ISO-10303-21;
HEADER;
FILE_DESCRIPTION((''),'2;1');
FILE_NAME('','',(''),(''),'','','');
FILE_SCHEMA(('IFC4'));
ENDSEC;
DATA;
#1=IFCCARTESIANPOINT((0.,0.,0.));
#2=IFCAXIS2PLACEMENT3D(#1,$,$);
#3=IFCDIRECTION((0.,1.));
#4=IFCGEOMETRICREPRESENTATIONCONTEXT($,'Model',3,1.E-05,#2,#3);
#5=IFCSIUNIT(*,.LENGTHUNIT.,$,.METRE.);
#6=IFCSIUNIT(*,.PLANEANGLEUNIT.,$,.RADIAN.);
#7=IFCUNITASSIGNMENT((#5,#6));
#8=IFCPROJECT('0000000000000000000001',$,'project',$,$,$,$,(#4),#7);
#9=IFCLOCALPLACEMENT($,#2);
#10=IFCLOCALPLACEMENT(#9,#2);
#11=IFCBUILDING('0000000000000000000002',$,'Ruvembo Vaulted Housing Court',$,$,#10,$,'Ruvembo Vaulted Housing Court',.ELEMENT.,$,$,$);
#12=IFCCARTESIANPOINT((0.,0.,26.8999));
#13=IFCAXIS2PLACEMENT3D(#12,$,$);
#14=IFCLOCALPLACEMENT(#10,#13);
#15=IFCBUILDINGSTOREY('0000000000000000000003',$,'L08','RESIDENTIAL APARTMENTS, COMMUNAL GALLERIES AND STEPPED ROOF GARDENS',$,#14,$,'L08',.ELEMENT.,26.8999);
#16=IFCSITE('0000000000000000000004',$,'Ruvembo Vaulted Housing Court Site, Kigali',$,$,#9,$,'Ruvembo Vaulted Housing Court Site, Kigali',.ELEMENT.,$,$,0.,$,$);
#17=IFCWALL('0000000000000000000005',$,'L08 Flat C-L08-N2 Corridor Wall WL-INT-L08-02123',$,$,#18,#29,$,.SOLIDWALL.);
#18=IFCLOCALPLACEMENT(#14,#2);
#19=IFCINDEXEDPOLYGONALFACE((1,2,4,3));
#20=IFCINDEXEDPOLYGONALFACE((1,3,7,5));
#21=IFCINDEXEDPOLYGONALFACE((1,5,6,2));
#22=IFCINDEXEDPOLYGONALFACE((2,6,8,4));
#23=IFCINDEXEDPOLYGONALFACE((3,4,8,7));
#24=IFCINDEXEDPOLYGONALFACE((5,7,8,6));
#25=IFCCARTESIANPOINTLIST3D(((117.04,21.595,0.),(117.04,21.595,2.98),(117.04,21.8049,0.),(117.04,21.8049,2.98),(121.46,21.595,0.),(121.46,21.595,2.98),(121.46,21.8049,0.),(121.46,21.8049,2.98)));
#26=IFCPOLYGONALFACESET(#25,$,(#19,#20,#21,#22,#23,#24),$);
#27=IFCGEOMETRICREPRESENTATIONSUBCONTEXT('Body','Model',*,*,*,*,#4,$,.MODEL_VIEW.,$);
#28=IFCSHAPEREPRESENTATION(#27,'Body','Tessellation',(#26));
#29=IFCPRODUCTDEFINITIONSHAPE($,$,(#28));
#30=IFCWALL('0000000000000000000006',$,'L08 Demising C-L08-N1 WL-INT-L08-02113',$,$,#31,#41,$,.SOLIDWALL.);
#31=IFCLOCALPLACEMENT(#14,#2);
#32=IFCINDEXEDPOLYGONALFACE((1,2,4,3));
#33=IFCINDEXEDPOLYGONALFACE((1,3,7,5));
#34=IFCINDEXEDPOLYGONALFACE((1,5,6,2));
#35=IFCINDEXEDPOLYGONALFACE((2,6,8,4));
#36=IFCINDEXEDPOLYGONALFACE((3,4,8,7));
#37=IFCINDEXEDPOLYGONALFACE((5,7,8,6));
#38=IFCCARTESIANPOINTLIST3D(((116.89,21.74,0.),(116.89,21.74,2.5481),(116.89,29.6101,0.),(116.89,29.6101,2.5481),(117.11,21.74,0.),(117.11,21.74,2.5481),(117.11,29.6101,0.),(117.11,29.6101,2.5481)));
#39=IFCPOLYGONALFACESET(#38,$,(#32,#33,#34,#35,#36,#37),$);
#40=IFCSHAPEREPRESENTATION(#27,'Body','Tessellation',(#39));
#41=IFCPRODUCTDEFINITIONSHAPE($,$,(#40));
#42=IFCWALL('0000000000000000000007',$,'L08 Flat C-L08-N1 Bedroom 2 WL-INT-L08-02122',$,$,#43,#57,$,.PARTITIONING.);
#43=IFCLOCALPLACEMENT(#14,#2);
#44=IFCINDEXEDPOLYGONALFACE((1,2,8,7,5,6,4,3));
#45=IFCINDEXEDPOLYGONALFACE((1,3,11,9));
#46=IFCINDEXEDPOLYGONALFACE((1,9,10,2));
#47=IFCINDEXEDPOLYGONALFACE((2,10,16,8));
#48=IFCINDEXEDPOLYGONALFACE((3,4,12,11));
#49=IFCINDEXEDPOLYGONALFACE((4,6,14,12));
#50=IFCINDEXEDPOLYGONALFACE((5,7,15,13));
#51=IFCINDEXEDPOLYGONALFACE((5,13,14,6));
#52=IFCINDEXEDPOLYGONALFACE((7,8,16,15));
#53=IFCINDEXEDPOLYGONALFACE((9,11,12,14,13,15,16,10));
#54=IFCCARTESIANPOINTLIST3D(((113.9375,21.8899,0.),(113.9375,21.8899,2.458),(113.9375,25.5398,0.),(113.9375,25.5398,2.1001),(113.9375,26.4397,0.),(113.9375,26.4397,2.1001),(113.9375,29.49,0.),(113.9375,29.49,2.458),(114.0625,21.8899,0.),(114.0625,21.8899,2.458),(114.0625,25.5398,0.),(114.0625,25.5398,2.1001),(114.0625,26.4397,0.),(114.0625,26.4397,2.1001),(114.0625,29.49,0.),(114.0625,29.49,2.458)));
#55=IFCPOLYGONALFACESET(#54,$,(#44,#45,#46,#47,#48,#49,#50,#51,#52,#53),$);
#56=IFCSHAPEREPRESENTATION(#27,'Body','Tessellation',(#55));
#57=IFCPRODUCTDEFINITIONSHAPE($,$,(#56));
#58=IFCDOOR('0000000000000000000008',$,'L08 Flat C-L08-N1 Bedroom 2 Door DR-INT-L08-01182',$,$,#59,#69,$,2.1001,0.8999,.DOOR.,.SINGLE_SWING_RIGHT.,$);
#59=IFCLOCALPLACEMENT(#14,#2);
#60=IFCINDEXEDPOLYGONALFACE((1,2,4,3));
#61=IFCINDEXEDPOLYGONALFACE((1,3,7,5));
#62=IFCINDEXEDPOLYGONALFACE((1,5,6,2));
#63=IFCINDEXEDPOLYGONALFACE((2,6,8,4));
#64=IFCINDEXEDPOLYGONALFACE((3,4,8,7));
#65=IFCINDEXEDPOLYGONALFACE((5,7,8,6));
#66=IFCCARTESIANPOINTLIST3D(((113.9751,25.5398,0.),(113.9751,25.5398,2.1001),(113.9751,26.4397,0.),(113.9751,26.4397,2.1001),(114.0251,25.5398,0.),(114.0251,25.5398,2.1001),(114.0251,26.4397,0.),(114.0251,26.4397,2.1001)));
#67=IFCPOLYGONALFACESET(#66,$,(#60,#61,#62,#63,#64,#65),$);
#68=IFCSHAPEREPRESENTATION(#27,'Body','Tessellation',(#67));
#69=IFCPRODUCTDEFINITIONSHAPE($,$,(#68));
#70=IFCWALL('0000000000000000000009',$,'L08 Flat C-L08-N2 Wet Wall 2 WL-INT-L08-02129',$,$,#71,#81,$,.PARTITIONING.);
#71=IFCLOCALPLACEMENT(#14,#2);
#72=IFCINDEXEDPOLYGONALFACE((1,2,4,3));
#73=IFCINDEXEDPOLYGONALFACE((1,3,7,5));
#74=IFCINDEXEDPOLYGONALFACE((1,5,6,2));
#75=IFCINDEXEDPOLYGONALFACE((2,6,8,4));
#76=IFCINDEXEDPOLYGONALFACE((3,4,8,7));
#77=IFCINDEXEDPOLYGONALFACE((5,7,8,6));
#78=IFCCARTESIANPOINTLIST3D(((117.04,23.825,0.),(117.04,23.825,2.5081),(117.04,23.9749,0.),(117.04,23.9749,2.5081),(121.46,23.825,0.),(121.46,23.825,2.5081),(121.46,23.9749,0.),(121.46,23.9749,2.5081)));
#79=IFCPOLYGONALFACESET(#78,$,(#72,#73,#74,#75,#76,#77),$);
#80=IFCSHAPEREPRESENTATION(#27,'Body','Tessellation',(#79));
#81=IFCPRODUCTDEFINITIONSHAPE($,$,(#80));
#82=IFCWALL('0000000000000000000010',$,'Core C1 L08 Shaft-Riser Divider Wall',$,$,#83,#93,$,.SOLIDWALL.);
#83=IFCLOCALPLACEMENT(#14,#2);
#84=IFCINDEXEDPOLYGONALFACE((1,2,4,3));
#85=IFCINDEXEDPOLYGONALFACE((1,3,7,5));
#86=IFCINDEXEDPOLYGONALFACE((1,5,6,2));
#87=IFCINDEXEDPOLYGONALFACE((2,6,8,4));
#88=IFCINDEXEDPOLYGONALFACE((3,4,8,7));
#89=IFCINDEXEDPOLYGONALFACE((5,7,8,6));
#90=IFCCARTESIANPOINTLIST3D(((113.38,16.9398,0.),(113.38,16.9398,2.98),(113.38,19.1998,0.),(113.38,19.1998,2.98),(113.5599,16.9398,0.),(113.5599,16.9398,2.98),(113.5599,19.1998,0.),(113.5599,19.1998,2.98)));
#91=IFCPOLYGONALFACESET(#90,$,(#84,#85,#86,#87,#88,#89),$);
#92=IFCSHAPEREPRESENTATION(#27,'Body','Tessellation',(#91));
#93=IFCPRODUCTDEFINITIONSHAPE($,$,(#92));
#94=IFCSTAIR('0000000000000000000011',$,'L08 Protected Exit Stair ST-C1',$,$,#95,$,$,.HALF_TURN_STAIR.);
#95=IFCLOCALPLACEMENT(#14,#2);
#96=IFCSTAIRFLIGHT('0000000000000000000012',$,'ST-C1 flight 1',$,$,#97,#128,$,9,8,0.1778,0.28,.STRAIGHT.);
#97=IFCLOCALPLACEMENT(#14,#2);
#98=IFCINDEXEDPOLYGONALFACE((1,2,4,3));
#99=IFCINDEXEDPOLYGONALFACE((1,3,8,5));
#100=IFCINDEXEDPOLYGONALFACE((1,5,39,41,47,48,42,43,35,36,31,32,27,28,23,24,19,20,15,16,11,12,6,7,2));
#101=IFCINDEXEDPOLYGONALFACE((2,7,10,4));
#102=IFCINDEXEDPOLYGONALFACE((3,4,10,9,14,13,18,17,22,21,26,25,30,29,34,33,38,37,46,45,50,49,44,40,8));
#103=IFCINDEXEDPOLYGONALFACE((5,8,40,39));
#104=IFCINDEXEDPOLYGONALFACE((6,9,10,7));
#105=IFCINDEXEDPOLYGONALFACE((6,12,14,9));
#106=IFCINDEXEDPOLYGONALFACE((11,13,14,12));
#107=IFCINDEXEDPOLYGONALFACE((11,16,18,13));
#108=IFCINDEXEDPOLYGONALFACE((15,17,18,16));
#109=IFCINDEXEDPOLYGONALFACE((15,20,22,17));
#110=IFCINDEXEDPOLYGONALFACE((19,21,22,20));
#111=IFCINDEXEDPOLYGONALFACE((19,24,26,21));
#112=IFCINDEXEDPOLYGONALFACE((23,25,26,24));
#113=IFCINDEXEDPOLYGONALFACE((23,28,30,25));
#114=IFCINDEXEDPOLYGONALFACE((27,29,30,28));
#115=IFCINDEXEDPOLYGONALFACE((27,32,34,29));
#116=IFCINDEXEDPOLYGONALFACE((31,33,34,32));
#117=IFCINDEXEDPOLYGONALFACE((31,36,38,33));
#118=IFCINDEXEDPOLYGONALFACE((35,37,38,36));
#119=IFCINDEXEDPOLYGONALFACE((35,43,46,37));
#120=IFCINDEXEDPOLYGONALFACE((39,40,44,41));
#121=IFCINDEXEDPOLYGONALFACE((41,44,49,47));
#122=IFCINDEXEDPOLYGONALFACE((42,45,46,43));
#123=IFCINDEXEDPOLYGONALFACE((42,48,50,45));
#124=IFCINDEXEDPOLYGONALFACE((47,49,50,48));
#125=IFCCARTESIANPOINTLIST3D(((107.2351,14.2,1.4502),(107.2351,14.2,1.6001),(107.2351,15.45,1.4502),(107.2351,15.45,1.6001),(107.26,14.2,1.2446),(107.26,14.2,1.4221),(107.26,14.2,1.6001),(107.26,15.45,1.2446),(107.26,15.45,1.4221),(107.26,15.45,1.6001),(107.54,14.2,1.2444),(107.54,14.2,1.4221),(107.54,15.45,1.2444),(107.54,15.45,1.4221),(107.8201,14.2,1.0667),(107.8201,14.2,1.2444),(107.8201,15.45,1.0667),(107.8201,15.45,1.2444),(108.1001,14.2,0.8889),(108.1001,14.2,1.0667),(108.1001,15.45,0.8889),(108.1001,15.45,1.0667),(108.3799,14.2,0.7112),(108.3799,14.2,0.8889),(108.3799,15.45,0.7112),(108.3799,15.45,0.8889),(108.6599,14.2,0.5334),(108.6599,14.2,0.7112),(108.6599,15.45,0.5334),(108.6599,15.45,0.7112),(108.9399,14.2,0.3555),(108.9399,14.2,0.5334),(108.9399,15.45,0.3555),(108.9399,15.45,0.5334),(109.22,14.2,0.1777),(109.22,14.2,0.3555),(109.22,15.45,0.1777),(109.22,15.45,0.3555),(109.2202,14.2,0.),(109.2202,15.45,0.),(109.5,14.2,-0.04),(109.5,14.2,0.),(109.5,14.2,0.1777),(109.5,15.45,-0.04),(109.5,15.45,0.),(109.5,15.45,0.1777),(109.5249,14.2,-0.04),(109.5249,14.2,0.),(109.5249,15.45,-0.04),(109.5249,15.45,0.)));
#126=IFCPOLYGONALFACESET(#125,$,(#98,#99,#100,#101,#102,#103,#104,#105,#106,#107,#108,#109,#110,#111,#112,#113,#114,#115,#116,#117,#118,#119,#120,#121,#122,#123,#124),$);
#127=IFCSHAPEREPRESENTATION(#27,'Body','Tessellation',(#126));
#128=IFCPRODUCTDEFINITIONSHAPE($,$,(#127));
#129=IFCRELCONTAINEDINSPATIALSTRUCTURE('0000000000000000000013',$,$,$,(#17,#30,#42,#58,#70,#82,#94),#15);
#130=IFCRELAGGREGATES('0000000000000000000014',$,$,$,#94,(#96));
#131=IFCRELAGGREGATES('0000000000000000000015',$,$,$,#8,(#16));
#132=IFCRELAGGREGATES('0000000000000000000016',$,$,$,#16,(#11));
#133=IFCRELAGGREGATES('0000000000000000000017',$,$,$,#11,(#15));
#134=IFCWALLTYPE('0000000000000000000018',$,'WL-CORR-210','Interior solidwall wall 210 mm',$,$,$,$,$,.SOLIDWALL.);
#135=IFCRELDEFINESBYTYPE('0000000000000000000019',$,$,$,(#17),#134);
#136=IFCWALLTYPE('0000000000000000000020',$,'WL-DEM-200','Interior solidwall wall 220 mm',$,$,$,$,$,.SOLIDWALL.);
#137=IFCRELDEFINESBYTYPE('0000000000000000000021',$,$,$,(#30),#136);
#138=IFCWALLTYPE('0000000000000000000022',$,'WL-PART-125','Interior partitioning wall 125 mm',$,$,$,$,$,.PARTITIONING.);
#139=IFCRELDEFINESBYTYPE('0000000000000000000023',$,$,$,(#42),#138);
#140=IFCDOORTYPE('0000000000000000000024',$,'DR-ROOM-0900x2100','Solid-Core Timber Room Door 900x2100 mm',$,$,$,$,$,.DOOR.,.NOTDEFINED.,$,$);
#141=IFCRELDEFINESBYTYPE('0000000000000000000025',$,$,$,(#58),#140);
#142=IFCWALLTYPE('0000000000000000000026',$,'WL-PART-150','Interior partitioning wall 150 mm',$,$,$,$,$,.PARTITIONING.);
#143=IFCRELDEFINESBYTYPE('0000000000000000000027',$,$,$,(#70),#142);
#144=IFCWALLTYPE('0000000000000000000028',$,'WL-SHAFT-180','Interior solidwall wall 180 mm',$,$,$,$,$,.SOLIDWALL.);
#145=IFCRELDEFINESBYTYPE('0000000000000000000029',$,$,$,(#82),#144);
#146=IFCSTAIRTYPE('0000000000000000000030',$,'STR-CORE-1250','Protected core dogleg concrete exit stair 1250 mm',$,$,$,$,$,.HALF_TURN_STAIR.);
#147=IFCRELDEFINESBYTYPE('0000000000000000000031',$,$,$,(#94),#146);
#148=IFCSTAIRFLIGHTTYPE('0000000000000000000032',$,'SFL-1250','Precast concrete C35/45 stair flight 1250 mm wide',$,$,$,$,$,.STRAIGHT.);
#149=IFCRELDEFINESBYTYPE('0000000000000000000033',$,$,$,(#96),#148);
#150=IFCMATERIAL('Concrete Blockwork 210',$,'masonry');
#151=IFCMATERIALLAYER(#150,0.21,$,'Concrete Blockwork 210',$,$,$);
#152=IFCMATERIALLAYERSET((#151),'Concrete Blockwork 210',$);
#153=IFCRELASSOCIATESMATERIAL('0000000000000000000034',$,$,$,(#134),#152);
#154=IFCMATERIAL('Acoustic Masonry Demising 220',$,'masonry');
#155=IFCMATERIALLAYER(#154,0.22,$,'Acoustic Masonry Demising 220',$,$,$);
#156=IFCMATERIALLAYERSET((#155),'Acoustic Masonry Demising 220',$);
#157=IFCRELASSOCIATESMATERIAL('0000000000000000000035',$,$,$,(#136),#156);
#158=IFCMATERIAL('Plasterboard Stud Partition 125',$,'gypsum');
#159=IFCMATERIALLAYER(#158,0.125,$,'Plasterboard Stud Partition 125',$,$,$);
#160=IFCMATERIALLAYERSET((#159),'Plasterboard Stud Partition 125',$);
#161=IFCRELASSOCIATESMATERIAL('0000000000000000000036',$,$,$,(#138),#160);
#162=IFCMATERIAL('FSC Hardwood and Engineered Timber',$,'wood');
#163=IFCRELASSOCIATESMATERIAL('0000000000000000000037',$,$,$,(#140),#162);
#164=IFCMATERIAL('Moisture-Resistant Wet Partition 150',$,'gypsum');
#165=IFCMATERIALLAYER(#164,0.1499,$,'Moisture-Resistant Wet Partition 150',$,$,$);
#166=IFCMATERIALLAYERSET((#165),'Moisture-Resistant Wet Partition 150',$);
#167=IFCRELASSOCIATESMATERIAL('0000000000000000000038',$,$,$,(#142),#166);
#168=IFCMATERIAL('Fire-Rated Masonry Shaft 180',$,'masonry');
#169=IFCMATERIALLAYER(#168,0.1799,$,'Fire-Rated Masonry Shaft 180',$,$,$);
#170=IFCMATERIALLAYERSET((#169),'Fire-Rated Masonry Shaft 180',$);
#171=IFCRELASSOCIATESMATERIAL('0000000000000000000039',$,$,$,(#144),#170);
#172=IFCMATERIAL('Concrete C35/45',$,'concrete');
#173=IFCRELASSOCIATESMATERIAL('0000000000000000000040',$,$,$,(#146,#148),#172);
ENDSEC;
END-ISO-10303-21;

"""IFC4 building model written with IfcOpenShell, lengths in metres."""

from ifc_helpers import new_model, si_unit, direction, frame, frame_2d, origin, place, context, subcontext, project, spatial, polyline, rectangle, outline, extrude, material, layer, layer_set, type_object, element, fill, aggregate, save


model = new_model("IFC4")

# Units and contexts
model_context = context("Model", 3, precision=1e-05, world=origin(), true_north=direction((0.0, 1.0)))
body_context = subcontext(model_context, "Body", "Model", "MODEL_VIEW")
ifc_project = project(units=[si_unit("LENGTHUNIT", "METRE"), si_unit("PLANEANGLEUNIT", "RADIAN")], contexts=[model_context])

# Site, building, storey
site_placement = place(None, origin())
site = spatial("IfcSite", under=ifc_project, at=site_placement, Name="Ruvembo Vaulted Housing Court Site, Kigali", LongName="Ruvembo Vaulted Housing Court Site, Kigali", CompositionType="ELEMENT", RefElevation=0.0)
building_placement = place(site_placement, origin())
building = spatial("IfcBuilding", under=site, at=building_placement, Name="Ruvembo Vaulted Housing Court", LongName="Ruvembo Vaulted Housing Court", CompositionType="ELEMENT")
storey_placement = place(building_placement, frame((0.0, 0.0, 26.8999)))
storey = spatial("IfcBuildingStorey", under=building, at=storey_placement, Name="L08", Description="RESIDENTIAL APARTMENTS, COMMUNAL GALLERIES AND STEPPED ROOF GARDENS", LongName="L08", CompositionType="ELEMENT", Elevation=26.8999)

# Shared definitions
ifc_material_1 = material(Name="Concrete C35/45", Category="concrete")

# Walls
ifc_material_2 = material(Name="Concrete Blockwork 210", Category="masonry")
ifc_layer_1 = layer(ifc_material_2, 0.21, Name="Concrete Blockwork 210")
ifc_layer_set_1 = layer_set([ifc_layer_1], Name="Concrete Blockwork 210")
wall_type_1 = type_object("IfcWallType", Name="WL-CORR-210", Description="Interior solidwall wall 210 mm", PredefinedType="SOLIDWALL", material=ifc_layer_set_1)
wall_1_placement = place(storey_placement, frame((117.04, 21.7, 0.0), z_axis=(0.0, 0.0, 1.0), x_axis=(1.0, 0.0, 0.0)))
element("IfcWall", 1, at=wall_1_placement, inside=storey, type_object=wall_type_1, Name="L08 Flat C-L08-N2 Corridor Wall WL-INT-L08-02123", PredefinedType="SOLIDWALL", context=body_context, shape_type="SweptSolid", body=[
    extrude(rectangle(XDim=4.4199, YDim=0.21, at=frame_2d((2.21, 0.0))), origin(), (0.0, 0.0, 1.0), 2.98),
])
ifc_material_3 = material(Name="Acoustic Masonry Demising 220", Category="masonry")
ifc_layer_2 = layer(ifc_material_3, 0.22, Name="Acoustic Masonry Demising 220")
ifc_layer_set_2 = layer_set([ifc_layer_2], Name="Acoustic Masonry Demising 220")
wall_type_2 = type_object("IfcWallType", Name="WL-DEM-200", Description="Interior solidwall wall 220 mm", PredefinedType="SOLIDWALL", material=ifc_layer_set_2)
wall_2_placement = place(storey_placement, frame((117.0, 21.74, 0.0), z_axis=(0.0, 0.0, 1.0), x_axis=(0.0, 1.0, 0.0)))
element("IfcWall", 2, at=wall_2_placement, inside=storey, type_object=wall_type_2, Name="L08 Demising C-L08-N1 WL-INT-L08-02113", PredefinedType="SOLIDWALL", context=body_context, shape_type="SweptSolid", body=[
    extrude(rectangle(XDim=7.8701, YDim=0.22, at=frame_2d((3.9351, 0.0))), origin(), (0.0, 0.0, 1.0), 2.5481),
])

# Wall, opening, door
ifc_material_4 = material(Name="Plasterboard Stud Partition 125", Category="gypsum")
ifc_layer_3 = layer(ifc_material_4, 0.125, Name="Plasterboard Stud Partition 125")
ifc_layer_set_3 = layer_set([ifc_layer_3], Name="Plasterboard Stud Partition 125")
wall_type_3 = type_object("IfcWallType", Name="WL-PART-125", Description="Interior partitioning wall 125 mm", PredefinedType="PARTITIONING", material=ifc_layer_set_3)
wall_3_placement = place(storey_placement, frame((114.0, 21.8899, 0.0), z_axis=(0.0, 0.0, 1.0), x_axis=(0.0, 1.0, 0.0)))
wall_3 = element("IfcWall", 3, at=wall_3_placement, inside=storey, type_object=wall_type_3, Name="L08 Flat C-L08-N1 Bedroom 2 WL-INT-L08-02122", PredefinedType="PARTITIONING", context=body_context, shape_type="SweptSolid", body=[
    extrude(rectangle(XDim=7.6001, YDim=0.125, at=frame_2d((3.8, 0.0))), origin(), (0.0, 0.0, 1.0), 2.458),
])
opening_1_placement = place(wall_3_placement, frame((3.6499, 0.0, 0.0)))
opening_1 = element("IfcOpeningElement", 4, at=opening_1_placement, cuts=wall_3, PredefinedType="OPENING", context=body_context, shape_type="SweptSolid", body=[
    extrude(rectangle(XDim=0.8999, YDim=2.1001, at=frame_2d((0.45, 1.05))), frame((0.0, 0.0725, 0.0), z_axis=(0.0, -1.0, 0.0), x_axis=(1.0, 0.0, 0.0)), (0.0, 0.0, 1.0), 0.145),
])
ifc_material_5 = material(Name="FSC Hardwood and Engineered Timber", Category="wood")
door_type_1 = type_object("IfcDoorType", Name="DR-ROOM-0900x2100", Description="Solid-Core Timber Room Door 900x2100 mm", OperationType="NOTDEFINED", PredefinedType="DOOR", material=ifc_material_5)
door_1_placement = place(opening_1_placement, origin())
door_1 = element("IfcDoor", 5, at=door_1_placement, inside=storey, type_object=door_type_1, Name="L08 Flat C-L08-N1 Bedroom 2 Door DR-INT-L08-01182", OperationType="SINGLE_SWING_RIGHT", OverallHeight=2.1001, OverallWidth=0.8999, PredefinedType="DOOR", context=body_context, shape_type="SweptSolid", body=[
    extrude(rectangle(XDim=0.8999, YDim=2.1001, at=frame_2d((0.45, 1.05))), frame((0.0, 0.0249, 0.0), z_axis=(0.0, -1.0, 0.0), x_axis=(1.0, 0.0, 0.0)), (0.0, 0.0, 1.0), 0.05),
])
fill(opening_1, door_1)

# Wall
ifc_material_6 = material(Name="Moisture-Resistant Wet Partition 150", Category="gypsum")
ifc_layer_4 = layer(ifc_material_6, 0.1499, Name="Moisture-Resistant Wet Partition 150")
ifc_layer_set_4 = layer_set([ifc_layer_4], Name="Moisture-Resistant Wet Partition 150")
wall_type_4 = type_object("IfcWallType", Name="WL-PART-150", Description="Interior partitioning wall 150 mm", PredefinedType="PARTITIONING", material=ifc_layer_set_4)
wall_4_placement = place(storey_placement, frame((117.04, 23.8999, 0.0), z_axis=(0.0, 0.0, 1.0), x_axis=(1.0, 0.0, 0.0)))
element("IfcWall", 6, at=wall_4_placement, inside=storey, type_object=wall_type_4, Name="L08 Flat C-L08-N2 Wet Wall 2 WL-INT-L08-02129", PredefinedType="PARTITIONING", context=body_context, shape_type="SweptSolid", body=[
    extrude(rectangle(XDim=4.4199, YDim=0.1499, at=frame_2d((2.21, 0.0))), origin(), (0.0, 0.0, 1.0), 2.5081),
])

# Shared definitions
ifc_material_7 = material(Name="Fire-Rated Masonry Shaft 180", Category="masonry")
ifc_layer_5 = layer(ifc_material_7, 0.1799, Name="Fire-Rated Masonry Shaft 180")
ifc_layer_set_5 = layer_set([ifc_layer_5], Name="Fire-Rated Masonry Shaft 180")
wall_type_5 = type_object("IfcWallType", Name="WL-SHAFT-180", Description="Interior solidwall wall 180 mm", PredefinedType="SOLIDWALL", material=ifc_layer_set_5)

# Wall
wall_5_placement = place(storey_placement, frame((113.47, 16.9399, 0.0), z_axis=(0.0, 0.0, 1.0), x_axis=(0.0, 1.0, 0.0)))
element("IfcWall", 7, at=wall_5_placement, inside=storey, type_object=wall_type_5, Name="Core C1 L08 Shaft-Riser Divider Wall", PredefinedType="SOLIDWALL", context=body_context, shape_type="SweptSolid", body=[
    extrude(rectangle(XDim=2.26, YDim=0.1799, at=frame_2d((1.1299, 0.0))), origin(), (0.0, 0.0, 1.0), 2.98),
])

# Stair, stair flight
stair_type = type_object("IfcStairType", Name="STR-CORE-1250", Description="Protected core dogleg concrete exit stair 1250 mm", PredefinedType="HALF_TURN_STAIR", material=ifc_material_1)
stair_placement = place(storey_placement, origin())
stair = element("IfcStair", 8, at=stair_placement, inside=storey, type_object=stair_type, Name="L08 Protected Exit Stair ST-C1", PredefinedType="HALF_TURN_STAIR")
stair_flight_type = type_object("IfcStairFlightType", Name="SFL-1250", Description="Precast concrete C35/45 stair flight 1250 mm wide", PredefinedType="STRAIGHT", material=ifc_material_1)
stair_flight_placement = place(storey_placement, frame((109.5, 14.825, 0.0), z_axis=(0.0, 0.0, 1.0), x_axis=(-1.0, 0.0, 0.0)))
stair_flight = element("IfcStairFlight", 9, at=stair_flight_placement, type_object=stair_flight_type, Name="ST-C1 flight 1", NumberOfRisers=9, NumberOfTreads=8, PredefinedType="STRAIGHT", RiserHeight=0.1778, TreadLength=0.28, context=body_context, shape_type="SweptSolid", body=[
    extrude(outline(polyline([(-0.0249, -0.04), (-0.0249, 0.0), (0.0, 0.0), (0.0, 0.1777), (0.28, 0.1777), (0.28, 0.3555), (0.5601, 0.3555), (0.5601, 0.5334), (0.8401, 0.5334), (0.8401, 0.7112), (1.1201, 0.7112), (1.1201, 0.8889), (1.3999, 0.8889), (1.3999, 1.0667), (1.6799, 1.0667), (1.6799, 1.2444), (1.96, 1.2444), (1.96, 1.4221), (2.24, 1.4221), (2.24, 1.6001), (2.2649, 1.6001), (2.2649, 1.4502), (2.24, 1.2446), (0.2798, 0.0), (0.0, -0.04), (-0.0249, -0.04)])), frame((0.0, 0.625, 0.0), z_axis=(0.0, -1.0, 0.0), x_axis=(1.0, 0.0, 0.0)), (0.0, 0.0, 1.0), 1.25),
])
aggregate(stair, [stair_flight])

save(model, "model.ifc")
